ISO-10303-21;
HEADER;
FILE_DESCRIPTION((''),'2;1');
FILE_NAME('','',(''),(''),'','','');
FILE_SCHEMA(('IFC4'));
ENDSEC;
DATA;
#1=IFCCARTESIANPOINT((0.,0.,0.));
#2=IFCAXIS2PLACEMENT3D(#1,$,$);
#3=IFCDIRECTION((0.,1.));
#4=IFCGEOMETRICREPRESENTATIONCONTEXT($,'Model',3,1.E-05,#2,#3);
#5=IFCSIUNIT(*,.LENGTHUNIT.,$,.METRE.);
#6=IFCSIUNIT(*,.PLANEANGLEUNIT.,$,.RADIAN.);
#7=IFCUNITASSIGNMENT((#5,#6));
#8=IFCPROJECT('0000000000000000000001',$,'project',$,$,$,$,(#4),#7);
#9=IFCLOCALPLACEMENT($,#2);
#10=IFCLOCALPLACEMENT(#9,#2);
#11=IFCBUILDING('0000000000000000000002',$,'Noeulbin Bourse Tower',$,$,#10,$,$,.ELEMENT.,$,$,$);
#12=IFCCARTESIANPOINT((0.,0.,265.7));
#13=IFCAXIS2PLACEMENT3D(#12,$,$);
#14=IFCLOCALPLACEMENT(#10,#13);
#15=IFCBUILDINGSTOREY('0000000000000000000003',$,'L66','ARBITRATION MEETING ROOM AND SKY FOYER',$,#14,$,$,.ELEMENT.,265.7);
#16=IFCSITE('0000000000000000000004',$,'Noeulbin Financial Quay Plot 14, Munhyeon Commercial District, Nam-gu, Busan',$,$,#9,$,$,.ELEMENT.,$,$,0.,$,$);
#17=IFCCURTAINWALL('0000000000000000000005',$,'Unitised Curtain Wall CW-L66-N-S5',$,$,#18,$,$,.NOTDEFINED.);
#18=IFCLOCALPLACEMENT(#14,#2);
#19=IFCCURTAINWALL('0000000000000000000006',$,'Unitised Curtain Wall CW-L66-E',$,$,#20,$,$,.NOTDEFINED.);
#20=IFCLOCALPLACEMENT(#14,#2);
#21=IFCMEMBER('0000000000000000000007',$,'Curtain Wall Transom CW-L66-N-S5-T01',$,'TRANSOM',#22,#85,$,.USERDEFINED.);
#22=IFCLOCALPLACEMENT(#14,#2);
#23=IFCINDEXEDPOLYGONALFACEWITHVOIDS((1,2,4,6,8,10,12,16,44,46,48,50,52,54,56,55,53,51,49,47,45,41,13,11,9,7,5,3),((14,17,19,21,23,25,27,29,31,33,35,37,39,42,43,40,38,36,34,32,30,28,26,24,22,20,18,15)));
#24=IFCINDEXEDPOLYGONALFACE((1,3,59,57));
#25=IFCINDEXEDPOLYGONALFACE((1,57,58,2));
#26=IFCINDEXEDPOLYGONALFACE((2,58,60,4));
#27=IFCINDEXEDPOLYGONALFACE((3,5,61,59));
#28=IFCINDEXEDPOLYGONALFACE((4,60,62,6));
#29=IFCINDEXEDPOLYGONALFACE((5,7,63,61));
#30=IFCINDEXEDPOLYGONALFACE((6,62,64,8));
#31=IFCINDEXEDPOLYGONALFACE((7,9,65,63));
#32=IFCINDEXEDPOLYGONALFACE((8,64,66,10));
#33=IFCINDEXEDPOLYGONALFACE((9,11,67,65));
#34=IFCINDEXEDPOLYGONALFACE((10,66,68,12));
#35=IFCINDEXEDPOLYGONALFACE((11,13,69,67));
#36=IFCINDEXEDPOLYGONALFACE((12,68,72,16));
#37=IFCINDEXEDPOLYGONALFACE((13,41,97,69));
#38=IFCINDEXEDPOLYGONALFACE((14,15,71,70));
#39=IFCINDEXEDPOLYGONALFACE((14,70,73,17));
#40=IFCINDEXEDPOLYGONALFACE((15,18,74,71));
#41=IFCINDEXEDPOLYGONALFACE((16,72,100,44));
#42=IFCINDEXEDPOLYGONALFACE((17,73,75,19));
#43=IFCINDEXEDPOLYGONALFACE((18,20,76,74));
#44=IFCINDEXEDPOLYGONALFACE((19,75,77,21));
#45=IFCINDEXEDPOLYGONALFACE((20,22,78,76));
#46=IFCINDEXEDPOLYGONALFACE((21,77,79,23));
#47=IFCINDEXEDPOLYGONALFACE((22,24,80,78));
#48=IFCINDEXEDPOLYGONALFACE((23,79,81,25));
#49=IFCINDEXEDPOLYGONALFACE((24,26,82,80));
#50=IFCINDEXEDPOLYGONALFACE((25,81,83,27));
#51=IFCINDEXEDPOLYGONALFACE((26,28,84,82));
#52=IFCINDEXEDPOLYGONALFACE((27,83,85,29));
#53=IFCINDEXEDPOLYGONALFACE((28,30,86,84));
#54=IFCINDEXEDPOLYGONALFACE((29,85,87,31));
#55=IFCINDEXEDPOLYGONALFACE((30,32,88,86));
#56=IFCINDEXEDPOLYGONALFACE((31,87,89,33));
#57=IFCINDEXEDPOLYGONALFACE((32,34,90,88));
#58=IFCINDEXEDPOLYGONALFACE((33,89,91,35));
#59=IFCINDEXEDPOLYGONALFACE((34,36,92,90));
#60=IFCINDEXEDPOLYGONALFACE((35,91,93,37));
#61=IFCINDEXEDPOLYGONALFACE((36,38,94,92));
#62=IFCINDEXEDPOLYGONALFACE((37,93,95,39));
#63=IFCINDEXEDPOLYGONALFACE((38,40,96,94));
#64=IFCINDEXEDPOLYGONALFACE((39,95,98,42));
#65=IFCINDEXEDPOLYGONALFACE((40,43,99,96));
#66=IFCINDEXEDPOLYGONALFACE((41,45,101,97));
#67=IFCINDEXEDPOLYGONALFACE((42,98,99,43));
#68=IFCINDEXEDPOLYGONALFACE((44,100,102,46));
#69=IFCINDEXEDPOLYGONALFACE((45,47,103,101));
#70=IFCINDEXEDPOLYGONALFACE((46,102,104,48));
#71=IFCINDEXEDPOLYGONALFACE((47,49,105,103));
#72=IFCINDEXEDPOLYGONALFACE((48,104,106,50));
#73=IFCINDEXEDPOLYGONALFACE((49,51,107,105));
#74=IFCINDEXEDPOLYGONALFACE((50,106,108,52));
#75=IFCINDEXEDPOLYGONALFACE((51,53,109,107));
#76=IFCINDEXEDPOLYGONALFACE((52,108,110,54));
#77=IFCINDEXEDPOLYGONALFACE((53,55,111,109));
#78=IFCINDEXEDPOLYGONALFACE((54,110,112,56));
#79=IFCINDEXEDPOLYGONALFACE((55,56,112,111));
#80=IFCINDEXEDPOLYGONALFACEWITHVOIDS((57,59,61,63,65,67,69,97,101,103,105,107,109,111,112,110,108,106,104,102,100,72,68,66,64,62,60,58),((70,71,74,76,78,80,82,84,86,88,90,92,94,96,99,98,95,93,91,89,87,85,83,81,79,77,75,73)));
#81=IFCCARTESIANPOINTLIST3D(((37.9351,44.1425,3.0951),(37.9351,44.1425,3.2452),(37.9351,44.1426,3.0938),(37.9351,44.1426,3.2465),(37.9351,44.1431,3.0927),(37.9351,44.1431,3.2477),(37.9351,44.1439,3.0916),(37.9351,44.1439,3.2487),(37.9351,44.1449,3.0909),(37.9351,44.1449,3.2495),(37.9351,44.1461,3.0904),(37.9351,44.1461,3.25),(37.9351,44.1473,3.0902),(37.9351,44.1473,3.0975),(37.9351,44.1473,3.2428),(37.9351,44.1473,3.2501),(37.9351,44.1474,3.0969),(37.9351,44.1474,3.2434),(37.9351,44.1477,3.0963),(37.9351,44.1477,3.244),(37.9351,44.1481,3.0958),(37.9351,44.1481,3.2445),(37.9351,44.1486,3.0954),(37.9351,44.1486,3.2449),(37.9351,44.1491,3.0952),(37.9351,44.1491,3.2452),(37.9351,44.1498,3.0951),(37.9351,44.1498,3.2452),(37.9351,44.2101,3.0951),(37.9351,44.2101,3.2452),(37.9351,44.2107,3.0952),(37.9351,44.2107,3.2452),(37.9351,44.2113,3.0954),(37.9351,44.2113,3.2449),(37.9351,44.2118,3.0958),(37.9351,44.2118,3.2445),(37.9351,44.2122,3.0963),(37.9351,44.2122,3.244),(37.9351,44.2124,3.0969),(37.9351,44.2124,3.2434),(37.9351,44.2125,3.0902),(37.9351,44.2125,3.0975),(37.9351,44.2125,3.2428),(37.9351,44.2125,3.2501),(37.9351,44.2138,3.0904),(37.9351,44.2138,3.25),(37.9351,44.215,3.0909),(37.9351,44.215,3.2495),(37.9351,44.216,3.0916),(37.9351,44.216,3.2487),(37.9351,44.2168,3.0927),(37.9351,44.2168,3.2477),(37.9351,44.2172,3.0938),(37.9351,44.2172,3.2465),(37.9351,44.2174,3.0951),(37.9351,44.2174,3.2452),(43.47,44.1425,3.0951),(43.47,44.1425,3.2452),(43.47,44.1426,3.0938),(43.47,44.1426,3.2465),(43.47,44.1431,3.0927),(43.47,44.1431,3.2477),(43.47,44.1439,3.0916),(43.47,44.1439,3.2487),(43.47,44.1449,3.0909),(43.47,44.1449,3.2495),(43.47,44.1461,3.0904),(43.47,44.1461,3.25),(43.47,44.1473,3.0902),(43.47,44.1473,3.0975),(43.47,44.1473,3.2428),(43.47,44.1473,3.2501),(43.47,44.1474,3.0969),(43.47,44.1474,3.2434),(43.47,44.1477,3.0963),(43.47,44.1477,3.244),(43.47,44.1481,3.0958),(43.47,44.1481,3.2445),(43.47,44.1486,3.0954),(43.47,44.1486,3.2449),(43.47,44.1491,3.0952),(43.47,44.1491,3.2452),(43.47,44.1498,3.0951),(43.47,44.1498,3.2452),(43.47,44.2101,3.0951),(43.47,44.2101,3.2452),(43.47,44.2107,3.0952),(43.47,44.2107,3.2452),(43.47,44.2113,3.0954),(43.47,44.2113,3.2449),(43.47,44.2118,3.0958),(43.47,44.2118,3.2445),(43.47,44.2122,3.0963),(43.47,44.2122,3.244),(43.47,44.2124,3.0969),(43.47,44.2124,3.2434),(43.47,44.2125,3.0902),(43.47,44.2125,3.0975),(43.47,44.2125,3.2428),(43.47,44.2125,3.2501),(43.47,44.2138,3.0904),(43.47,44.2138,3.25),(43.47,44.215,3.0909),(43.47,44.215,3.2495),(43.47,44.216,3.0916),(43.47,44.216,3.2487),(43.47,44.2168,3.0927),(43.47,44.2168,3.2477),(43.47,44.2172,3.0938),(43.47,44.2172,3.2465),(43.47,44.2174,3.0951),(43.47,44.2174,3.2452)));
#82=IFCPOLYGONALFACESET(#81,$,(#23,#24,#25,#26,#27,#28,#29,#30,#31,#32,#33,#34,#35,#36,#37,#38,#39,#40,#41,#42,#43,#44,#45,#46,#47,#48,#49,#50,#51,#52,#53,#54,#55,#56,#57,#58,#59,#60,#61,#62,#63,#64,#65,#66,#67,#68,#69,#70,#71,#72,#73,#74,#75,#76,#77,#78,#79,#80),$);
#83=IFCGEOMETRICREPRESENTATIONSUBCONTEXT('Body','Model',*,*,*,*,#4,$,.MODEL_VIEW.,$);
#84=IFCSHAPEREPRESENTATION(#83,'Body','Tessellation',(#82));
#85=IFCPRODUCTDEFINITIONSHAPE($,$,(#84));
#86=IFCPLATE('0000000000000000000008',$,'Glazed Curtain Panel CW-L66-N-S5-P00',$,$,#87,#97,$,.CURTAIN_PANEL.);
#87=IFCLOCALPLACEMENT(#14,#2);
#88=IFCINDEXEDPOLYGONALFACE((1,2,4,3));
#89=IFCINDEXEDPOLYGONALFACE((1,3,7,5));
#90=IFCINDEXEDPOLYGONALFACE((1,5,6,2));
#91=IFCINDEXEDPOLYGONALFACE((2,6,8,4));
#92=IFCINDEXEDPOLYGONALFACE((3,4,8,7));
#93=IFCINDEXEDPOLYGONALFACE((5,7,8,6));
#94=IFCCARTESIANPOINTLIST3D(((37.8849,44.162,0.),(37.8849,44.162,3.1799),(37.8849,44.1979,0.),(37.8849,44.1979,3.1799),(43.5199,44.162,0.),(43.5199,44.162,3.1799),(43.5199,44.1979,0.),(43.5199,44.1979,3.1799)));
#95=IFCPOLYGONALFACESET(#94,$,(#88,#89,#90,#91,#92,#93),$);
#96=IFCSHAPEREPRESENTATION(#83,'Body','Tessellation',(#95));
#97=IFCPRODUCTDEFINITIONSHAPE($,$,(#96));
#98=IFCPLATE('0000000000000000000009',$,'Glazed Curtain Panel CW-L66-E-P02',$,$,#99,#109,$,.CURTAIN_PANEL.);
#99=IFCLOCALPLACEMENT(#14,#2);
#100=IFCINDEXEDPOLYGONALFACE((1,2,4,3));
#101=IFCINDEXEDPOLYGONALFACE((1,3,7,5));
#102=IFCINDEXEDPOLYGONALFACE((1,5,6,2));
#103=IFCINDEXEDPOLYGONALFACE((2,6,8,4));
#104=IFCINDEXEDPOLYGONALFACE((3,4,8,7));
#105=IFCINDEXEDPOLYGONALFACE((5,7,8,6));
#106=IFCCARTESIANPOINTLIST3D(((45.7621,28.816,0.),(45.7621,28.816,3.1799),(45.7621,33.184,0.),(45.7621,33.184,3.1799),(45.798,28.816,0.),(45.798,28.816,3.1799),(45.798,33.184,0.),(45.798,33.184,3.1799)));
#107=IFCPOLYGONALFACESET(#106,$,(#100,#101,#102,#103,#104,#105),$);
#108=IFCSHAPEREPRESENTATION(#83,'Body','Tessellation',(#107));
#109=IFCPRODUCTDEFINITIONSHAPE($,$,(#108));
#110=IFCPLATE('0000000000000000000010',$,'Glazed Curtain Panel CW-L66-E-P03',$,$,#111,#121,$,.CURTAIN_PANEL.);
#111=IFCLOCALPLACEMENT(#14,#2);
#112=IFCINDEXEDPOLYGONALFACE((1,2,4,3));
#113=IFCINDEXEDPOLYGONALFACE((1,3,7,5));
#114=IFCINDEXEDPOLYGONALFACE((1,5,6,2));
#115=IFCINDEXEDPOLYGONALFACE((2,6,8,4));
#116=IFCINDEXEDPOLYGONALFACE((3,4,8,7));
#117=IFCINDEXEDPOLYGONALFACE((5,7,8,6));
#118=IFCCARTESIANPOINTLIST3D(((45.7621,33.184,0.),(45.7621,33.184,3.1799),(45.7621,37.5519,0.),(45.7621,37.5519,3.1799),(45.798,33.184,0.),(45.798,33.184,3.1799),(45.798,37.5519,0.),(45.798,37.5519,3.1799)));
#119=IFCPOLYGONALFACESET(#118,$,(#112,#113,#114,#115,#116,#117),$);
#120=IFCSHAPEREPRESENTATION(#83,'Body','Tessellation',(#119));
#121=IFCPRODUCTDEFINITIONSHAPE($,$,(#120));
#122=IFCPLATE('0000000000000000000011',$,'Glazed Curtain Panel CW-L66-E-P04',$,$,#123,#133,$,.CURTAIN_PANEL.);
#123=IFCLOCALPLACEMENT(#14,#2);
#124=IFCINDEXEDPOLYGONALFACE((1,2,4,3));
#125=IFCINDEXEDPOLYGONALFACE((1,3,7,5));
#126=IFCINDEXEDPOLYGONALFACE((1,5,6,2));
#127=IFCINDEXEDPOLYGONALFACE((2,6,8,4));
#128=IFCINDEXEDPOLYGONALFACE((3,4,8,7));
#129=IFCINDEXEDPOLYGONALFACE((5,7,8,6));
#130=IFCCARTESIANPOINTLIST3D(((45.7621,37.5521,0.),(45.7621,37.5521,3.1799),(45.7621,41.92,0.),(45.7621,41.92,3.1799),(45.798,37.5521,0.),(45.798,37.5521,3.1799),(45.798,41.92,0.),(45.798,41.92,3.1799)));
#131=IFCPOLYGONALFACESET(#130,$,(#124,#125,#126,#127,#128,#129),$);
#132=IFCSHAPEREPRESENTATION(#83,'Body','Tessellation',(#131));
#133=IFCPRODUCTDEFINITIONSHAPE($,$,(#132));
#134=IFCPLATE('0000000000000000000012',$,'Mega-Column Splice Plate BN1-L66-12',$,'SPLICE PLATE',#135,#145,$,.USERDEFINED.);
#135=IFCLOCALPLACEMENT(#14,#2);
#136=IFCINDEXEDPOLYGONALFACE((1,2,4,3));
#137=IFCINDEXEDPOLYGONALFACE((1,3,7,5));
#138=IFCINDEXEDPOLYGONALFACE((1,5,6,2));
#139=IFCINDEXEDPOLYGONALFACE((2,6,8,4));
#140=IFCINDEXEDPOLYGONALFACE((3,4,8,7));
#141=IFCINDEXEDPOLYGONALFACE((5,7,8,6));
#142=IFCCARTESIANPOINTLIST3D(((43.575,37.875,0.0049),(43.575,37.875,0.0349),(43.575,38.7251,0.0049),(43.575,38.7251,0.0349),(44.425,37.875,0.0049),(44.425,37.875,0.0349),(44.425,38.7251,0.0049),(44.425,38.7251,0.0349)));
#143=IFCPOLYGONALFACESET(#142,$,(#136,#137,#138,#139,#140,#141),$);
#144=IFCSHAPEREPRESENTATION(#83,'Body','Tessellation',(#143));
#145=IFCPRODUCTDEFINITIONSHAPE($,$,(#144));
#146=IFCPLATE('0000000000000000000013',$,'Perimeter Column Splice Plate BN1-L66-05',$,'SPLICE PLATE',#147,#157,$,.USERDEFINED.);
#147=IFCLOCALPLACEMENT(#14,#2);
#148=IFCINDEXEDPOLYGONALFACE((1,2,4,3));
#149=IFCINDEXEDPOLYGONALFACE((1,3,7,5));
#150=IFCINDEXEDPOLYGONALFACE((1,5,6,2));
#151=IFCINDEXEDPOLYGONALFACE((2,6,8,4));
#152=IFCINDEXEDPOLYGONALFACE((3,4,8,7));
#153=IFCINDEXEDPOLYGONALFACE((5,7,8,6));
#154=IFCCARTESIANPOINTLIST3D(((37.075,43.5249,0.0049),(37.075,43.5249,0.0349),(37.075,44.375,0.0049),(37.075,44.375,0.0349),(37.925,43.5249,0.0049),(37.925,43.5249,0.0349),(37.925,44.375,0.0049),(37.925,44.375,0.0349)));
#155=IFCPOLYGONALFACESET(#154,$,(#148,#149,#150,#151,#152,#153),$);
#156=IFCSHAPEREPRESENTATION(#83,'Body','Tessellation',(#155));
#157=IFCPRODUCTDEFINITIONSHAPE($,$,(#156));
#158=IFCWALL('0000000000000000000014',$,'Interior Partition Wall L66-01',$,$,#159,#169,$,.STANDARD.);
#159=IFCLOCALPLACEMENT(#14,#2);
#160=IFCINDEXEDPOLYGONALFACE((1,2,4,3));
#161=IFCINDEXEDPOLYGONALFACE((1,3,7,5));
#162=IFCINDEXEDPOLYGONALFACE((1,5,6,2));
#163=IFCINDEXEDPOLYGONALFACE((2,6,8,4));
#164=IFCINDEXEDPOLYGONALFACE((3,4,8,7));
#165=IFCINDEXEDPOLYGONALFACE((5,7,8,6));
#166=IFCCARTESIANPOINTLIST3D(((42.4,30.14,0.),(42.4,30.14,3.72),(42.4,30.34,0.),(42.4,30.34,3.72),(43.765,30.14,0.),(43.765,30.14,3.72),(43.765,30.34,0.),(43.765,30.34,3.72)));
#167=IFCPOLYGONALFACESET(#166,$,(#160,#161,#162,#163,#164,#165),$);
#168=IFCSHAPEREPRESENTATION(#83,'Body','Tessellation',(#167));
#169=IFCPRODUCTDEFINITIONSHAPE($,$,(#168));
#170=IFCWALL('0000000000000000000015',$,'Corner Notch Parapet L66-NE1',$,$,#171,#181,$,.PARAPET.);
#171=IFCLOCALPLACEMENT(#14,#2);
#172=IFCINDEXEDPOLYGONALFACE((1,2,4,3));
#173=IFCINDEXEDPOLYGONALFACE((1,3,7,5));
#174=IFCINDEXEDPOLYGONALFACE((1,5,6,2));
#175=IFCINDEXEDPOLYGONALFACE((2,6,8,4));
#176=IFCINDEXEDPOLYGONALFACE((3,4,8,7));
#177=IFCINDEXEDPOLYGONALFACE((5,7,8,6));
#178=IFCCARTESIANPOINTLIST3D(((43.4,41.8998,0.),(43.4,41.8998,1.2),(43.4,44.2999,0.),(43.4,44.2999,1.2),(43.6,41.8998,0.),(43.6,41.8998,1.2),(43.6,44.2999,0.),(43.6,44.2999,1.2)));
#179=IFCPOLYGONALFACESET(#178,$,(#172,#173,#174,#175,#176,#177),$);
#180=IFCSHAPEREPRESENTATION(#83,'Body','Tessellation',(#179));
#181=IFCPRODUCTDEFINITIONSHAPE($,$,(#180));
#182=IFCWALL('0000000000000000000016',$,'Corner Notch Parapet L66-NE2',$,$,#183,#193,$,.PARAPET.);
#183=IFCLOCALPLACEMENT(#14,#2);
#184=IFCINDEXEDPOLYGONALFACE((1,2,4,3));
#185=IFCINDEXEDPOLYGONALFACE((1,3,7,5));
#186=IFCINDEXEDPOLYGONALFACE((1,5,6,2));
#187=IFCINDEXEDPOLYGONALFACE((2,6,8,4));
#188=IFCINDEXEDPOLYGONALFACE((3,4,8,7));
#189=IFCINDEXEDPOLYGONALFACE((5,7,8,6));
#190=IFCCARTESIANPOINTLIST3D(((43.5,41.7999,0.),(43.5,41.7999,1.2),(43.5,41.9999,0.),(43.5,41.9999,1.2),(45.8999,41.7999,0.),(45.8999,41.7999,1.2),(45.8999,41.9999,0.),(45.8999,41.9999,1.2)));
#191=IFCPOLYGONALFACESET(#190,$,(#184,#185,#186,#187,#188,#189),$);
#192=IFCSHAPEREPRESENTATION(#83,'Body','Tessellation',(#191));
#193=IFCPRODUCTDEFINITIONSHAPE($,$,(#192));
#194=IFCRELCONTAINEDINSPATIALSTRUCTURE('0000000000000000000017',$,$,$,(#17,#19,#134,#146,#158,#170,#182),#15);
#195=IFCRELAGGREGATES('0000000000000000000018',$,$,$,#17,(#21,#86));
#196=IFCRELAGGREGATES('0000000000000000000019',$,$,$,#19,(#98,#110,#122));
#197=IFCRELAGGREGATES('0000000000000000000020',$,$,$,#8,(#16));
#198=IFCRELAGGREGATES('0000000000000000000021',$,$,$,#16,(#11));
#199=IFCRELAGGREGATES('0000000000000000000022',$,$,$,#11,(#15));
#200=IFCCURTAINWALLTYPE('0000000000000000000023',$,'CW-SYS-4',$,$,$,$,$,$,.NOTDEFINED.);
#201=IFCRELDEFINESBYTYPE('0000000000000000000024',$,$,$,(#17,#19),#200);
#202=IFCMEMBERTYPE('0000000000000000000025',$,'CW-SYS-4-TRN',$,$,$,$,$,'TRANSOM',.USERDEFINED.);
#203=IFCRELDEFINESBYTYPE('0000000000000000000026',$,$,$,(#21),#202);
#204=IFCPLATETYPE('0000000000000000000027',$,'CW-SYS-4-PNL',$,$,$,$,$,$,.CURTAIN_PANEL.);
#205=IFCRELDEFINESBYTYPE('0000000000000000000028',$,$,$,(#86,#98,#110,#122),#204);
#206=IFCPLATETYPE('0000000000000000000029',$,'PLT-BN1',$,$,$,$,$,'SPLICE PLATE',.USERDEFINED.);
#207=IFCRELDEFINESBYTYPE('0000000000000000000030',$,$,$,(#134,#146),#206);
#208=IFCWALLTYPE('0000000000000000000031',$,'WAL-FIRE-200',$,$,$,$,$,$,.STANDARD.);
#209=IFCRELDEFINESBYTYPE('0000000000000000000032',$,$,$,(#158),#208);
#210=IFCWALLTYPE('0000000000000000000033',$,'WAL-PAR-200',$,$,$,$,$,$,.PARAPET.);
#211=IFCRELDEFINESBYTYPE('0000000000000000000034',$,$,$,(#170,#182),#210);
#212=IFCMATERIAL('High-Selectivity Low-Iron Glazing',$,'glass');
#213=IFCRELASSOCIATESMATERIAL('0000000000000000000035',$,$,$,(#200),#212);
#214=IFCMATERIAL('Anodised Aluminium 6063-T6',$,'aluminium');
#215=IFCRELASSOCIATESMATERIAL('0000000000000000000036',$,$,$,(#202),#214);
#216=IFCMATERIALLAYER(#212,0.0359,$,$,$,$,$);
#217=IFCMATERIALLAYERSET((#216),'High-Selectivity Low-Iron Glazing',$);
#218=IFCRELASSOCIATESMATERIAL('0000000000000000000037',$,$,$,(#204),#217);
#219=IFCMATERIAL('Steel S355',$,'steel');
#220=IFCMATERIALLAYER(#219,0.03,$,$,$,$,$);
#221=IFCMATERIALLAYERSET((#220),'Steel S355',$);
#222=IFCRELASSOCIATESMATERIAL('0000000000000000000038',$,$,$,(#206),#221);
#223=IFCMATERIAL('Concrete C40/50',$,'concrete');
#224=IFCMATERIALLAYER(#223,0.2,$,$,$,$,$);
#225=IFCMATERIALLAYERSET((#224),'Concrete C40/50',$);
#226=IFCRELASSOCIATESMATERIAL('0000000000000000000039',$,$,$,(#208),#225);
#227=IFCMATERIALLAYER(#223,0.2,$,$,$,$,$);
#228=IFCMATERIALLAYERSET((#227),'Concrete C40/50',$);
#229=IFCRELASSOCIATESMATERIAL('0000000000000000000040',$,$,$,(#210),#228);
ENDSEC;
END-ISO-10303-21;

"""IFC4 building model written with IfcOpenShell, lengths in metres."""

from ifc_helpers import new_model, si_unit, direction, frame, frame_2d, origin, origin_2d, place, context, subcontext, project, spatial, rectangle, hollow_rectangle, extrude, material, layer, layer_set, material_profile, profile_set, type_object, element, aggregate, save


model = new_model("IFC4")

# Units and contexts
model_context = context("Model", 3, precision=1e-05, world=origin(), true_north=direction((0.0, 1.0)))
body_context = subcontext(model_context, "Body", "Model", "MODEL_VIEW")
ifc_project = project(units=[si_unit("LENGTHUNIT", "METRE"), si_unit("PLANEANGLEUNIT", "RADIAN")], contexts=[model_context])

# Site, building, storey
site_placement = place(None, origin())
site = spatial("IfcSite", under=ifc_project, at=site_placement, Name="Noeulbin Financial Quay Plot 14, Munhyeon Commercial District, Nam-gu, Busan", CompositionType="ELEMENT", RefElevation=0.0)
building_placement = place(site_placement, origin())
building = spatial("IfcBuilding", under=site, at=building_placement, Name="Noeulbin Bourse Tower", CompositionType="ELEMENT")
storey_placement = place(building_placement, frame((0.0, 0.0, 265.7)))
storey = spatial("IfcBuildingStorey", under=building, at=storey_placement, Name="L66", Description="ARBITRATION MEETING ROOM AND SKY FOYER", CompositionType="ELEMENT", Elevation=265.7)

# Shared definitions
ifc_material_1 = material(Name="Steel S355", Category="steel")

# Curtain walls
ifc_material_2 = material(Name="High-Selectivity Low-Iron Glazing", Category="glass")
curtain_wall_type = type_object("IfcCurtainWallType", Name="CW-SYS-4", PredefinedType="NOTDEFINED", material=ifc_material_2)
curtain_wall_1_placement = place(storey_placement, origin())
curtain_wall_1 = element("IfcCurtainWall", 1, at=curtain_wall_1_placement, inside=storey, type_object=curtain_wall_type, Name="Unitised Curtain Wall CW-L66-N-S5", PredefinedType="NOTDEFINED")
ifc_material_3 = material(Name="Anodised Aluminium 6063-T6", Category="aluminium")
curtain_wall_2_placement = place(storey_placement, origin())
curtain_wall_2 = element("IfcCurtainWall", 2, at=curtain_wall_2_placement, inside=storey, type_object=curtain_wall_type, Name="Unitised Curtain Wall CW-L66-E", PredefinedType="NOTDEFINED")

# Member
ifc_material_profile_1 = material_profile(ifc_material_3, hollow_rectangle(XDim=0.075, YDim=0.1599, WallThickness=0.0049, InnerFilletRadius=0.0024, OuterFilletRadius=0.0049, at=origin_2d()), Name="ALU-TRAN-75x160x5", Category="LoadBearing")
ifc_profile_set_1 = profile_set([ifc_material_profile_1], Name="Anodised Aluminium 6063-T6")
member_type_1 = type_object("IfcMemberType", Name="CW-SYS-4-TRN", ElementType="TRANSOM", PredefinedType="USERDEFINED", material=ifc_profile_set_1)
member_1_placement = place(storey_placement, frame((37.9351, 44.1799, 3.1702), z_axis=(1.0, 0.0, 0.0), x_axis=(0.0, 1.0, 0.0)))
member_1 = element("IfcMember", 3, at=member_1_placement, type_object=member_type_1, Name="Curtain Wall Transom CW-L66-N-S5-T01", ObjectType="TRANSOM", PredefinedType="USERDEFINED", context=body_context, shape_type="SweptSolid", body=[
    extrude(hollow_rectangle(XDim=0.075, YDim=0.1599, WallThickness=0.0049, InnerFilletRadius=0.0024, OuterFilletRadius=0.0049, at=origin_2d()), origin(), (0.0, 0.0, 1.0), 5.5349),
])

# Plates
ifc_layer_1 = layer(ifc_material_2, 0.0359)
ifc_layer_set_1 = layer_set([ifc_layer_1], Name="High-Selectivity Low-Iron Glazing")
plate_type_1 = type_object("IfcPlateType", Name="CW-SYS-4-PNL", PredefinedType="CURTAIN_PANEL", material=ifc_layer_set_1)
plate_1_placement = place(storey_placement, frame((40.7024, 44.1799, 0.0), z_axis=(0.0, 0.0, 1.0), x_axis=(1.0, 0.0, 0.0)))
plate_1 = element("IfcPlate", 4, at=plate_1_placement, type_object=plate_type_1, Name="Glazed Curtain Panel CW-L66-N-S5-P00", PredefinedType="CURTAIN_PANEL", context=body_context, shape_type="SweptSolid", body=[
    extrude(rectangle(XDim=5.635, YDim=0.0359, at=origin_2d()), origin(), (0.0, 0.0, 1.0), 3.1799),
])
aggregate(curtain_wall_1, [member_1, plate_1])
plate_2_placement = place(storey_placement, frame((45.78, 31.0, 0.0), z_axis=(0.0, 0.0, 1.0), x_axis=(0.0, 1.0, 0.0)))
plate_2 = element("IfcPlate", 5, at=plate_2_placement, type_object=plate_type_1, Name="Glazed Curtain Panel CW-L66-E-P02", PredefinedType="CURTAIN_PANEL", context=body_context, shape_type="SweptSolid", body=[
    extrude(rectangle(XDim=4.3679, YDim=0.0359, at=origin_2d()), origin(), (0.0, 0.0, 1.0), 3.1799),
])
plate_3_placement = place(storey_placement, frame((45.78, 35.3679, 0.0), z_axis=(0.0, 0.0, 1.0), x_axis=(0.0, 1.0, 0.0)))
plate_3 = element("IfcPlate", 6, at=plate_3_placement, type_object=plate_type_1, Name="Glazed Curtain Panel CW-L66-E-P03", PredefinedType="CURTAIN_PANEL", context=body_context, shape_type="SweptSolid", body=[
    extrude(rectangle(XDim=4.3679, YDim=0.0359, at=origin_2d()), origin(), (0.0, 0.0, 1.0), 3.1799),
])
plate_4_placement = place(storey_placement, frame((45.78, 39.7361, 0.0), z_axis=(0.0, 0.0, 1.0), x_axis=(0.0, 1.0, 0.0)))
plate_4 = element("IfcPlate", 7, at=plate_4_placement, type_object=plate_type_1, Name="Glazed Curtain Panel CW-L66-E-P04", PredefinedType="CURTAIN_PANEL", context=body_context, shape_type="SweptSolid", body=[
    extrude(rectangle(XDim=4.3679, YDim=0.0359, at=origin_2d()), origin(), (0.0, 0.0, 1.0), 3.1799),
])
aggregate(curtain_wall_2, [plate_2, plate_3, plate_4])

# Plates
ifc_layer_2 = layer(ifc_material_1, 0.03)
ifc_layer_set_2 = layer_set([ifc_layer_2], Name="Steel S355")
plate_type_2 = type_object("IfcPlateType", Name="PLT-BN1", ElementType="SPLICE PLATE", PredefinedType="USERDEFINED", material=ifc_layer_set_2)
for number, where, z_axis, x_axis, name in (
    (8, (44.0, 38.3, 0.0049), (0.0, 0.0, 1.0), (1.0, 0.0, 0.0), "Mega-Column Splice Plate BN1-L66-12"),
    (9, (37.5, 43.95, 0.0049), (0.0, 0.0, 1.0), (1.0, 0.0, 0.0), "Perimeter Column Splice Plate BN1-L66-05"),
):
    element("IfcPlate", number, at=place(storey_placement, frame(where, z_axis=z_axis, x_axis=x_axis)), inside=storey, type_object=plate_type_2, Name=name, ObjectType="SPLICE PLATE", PredefinedType="USERDEFINED", context=body_context, shape_type="SweptSolid", body=[
        extrude(rectangle(XDim=0.8501, YDim=0.8501, at=origin_2d()), origin(), (0.0, 0.0, 1.0), 0.03),
    ])

# Walls
ifc_material_4 = material(Name="Concrete C40/50", Category="concrete")
ifc_layer_3 = layer(ifc_material_4, 0.2)
ifc_layer_set_3 = layer_set([ifc_layer_3], Name="Concrete C40/50")
wall_type_1 = type_object("IfcWallType", Name="WAL-FIRE-200", PredefinedType="STANDARD", material=ifc_layer_set_3)
wall_1_placement = place(storey_placement, frame((42.3999, 30.24, 0.0), z_axis=(0.0, 0.0, 1.0), x_axis=(1.0, 0.0, 0.0)))
element("IfcWall", 10, at=wall_1_placement, inside=storey, type_object=wall_type_1, Name="Interior Partition Wall L66-01", PredefinedType="STANDARD", context=body_context, shape_type="SweptSolid", body=[
    extrude(rectangle(XDim=1.365, YDim=0.2, at=frame_2d((0.6826, 0.0))), origin(), (0.0, 0.0, 1.0), 3.72),
])
ifc_layer_4 = layer(ifc_material_4, 0.2)
ifc_layer_set_4 = layer_set([ifc_layer_4], Name="Concrete C40/50")
wall_type_2 = type_object("IfcWallType", Name="WAL-PAR-200", PredefinedType="PARAPET", material=ifc_layer_set_4)
wall_2_placement = place(storey_placement, frame((43.5, 44.3, 0.0), z_axis=(0.0, 0.0, 1.0), x_axis=(0.0, -1.0, 0.0)))
element("IfcWall", 11, at=wall_2_placement, inside=storey, type_object=wall_type_2, Name="Corner Notch Parapet L66-NE1", PredefinedType="PARAPET", context=body_context, shape_type="SweptSolid", body=[
    extrude(rectangle(XDim=2.4001, YDim=0.2, at=frame_2d((1.2002, 0.0))), origin(), (0.0, 0.0, 1.0), 1.2),
])
wall_3_placement = place(storey_placement, frame((43.5, 41.8999, 0.0), z_axis=(0.0, 0.0, 1.0), x_axis=(1.0, 0.0, 0.0)))
element("IfcWall", 12, at=wall_3_placement, inside=storey, type_object=wall_type_2, Name="Corner Notch Parapet L66-NE2", PredefinedType="PARAPET", context=body_context, shape_type="SweptSolid", body=[
    extrude(rectangle(XDim=2.3999, YDim=0.2, at=frame_2d((1.2, 0.0))), origin(), (0.0, 0.0, 1.0), 1.2),
])

save(model, "model.ifc")
